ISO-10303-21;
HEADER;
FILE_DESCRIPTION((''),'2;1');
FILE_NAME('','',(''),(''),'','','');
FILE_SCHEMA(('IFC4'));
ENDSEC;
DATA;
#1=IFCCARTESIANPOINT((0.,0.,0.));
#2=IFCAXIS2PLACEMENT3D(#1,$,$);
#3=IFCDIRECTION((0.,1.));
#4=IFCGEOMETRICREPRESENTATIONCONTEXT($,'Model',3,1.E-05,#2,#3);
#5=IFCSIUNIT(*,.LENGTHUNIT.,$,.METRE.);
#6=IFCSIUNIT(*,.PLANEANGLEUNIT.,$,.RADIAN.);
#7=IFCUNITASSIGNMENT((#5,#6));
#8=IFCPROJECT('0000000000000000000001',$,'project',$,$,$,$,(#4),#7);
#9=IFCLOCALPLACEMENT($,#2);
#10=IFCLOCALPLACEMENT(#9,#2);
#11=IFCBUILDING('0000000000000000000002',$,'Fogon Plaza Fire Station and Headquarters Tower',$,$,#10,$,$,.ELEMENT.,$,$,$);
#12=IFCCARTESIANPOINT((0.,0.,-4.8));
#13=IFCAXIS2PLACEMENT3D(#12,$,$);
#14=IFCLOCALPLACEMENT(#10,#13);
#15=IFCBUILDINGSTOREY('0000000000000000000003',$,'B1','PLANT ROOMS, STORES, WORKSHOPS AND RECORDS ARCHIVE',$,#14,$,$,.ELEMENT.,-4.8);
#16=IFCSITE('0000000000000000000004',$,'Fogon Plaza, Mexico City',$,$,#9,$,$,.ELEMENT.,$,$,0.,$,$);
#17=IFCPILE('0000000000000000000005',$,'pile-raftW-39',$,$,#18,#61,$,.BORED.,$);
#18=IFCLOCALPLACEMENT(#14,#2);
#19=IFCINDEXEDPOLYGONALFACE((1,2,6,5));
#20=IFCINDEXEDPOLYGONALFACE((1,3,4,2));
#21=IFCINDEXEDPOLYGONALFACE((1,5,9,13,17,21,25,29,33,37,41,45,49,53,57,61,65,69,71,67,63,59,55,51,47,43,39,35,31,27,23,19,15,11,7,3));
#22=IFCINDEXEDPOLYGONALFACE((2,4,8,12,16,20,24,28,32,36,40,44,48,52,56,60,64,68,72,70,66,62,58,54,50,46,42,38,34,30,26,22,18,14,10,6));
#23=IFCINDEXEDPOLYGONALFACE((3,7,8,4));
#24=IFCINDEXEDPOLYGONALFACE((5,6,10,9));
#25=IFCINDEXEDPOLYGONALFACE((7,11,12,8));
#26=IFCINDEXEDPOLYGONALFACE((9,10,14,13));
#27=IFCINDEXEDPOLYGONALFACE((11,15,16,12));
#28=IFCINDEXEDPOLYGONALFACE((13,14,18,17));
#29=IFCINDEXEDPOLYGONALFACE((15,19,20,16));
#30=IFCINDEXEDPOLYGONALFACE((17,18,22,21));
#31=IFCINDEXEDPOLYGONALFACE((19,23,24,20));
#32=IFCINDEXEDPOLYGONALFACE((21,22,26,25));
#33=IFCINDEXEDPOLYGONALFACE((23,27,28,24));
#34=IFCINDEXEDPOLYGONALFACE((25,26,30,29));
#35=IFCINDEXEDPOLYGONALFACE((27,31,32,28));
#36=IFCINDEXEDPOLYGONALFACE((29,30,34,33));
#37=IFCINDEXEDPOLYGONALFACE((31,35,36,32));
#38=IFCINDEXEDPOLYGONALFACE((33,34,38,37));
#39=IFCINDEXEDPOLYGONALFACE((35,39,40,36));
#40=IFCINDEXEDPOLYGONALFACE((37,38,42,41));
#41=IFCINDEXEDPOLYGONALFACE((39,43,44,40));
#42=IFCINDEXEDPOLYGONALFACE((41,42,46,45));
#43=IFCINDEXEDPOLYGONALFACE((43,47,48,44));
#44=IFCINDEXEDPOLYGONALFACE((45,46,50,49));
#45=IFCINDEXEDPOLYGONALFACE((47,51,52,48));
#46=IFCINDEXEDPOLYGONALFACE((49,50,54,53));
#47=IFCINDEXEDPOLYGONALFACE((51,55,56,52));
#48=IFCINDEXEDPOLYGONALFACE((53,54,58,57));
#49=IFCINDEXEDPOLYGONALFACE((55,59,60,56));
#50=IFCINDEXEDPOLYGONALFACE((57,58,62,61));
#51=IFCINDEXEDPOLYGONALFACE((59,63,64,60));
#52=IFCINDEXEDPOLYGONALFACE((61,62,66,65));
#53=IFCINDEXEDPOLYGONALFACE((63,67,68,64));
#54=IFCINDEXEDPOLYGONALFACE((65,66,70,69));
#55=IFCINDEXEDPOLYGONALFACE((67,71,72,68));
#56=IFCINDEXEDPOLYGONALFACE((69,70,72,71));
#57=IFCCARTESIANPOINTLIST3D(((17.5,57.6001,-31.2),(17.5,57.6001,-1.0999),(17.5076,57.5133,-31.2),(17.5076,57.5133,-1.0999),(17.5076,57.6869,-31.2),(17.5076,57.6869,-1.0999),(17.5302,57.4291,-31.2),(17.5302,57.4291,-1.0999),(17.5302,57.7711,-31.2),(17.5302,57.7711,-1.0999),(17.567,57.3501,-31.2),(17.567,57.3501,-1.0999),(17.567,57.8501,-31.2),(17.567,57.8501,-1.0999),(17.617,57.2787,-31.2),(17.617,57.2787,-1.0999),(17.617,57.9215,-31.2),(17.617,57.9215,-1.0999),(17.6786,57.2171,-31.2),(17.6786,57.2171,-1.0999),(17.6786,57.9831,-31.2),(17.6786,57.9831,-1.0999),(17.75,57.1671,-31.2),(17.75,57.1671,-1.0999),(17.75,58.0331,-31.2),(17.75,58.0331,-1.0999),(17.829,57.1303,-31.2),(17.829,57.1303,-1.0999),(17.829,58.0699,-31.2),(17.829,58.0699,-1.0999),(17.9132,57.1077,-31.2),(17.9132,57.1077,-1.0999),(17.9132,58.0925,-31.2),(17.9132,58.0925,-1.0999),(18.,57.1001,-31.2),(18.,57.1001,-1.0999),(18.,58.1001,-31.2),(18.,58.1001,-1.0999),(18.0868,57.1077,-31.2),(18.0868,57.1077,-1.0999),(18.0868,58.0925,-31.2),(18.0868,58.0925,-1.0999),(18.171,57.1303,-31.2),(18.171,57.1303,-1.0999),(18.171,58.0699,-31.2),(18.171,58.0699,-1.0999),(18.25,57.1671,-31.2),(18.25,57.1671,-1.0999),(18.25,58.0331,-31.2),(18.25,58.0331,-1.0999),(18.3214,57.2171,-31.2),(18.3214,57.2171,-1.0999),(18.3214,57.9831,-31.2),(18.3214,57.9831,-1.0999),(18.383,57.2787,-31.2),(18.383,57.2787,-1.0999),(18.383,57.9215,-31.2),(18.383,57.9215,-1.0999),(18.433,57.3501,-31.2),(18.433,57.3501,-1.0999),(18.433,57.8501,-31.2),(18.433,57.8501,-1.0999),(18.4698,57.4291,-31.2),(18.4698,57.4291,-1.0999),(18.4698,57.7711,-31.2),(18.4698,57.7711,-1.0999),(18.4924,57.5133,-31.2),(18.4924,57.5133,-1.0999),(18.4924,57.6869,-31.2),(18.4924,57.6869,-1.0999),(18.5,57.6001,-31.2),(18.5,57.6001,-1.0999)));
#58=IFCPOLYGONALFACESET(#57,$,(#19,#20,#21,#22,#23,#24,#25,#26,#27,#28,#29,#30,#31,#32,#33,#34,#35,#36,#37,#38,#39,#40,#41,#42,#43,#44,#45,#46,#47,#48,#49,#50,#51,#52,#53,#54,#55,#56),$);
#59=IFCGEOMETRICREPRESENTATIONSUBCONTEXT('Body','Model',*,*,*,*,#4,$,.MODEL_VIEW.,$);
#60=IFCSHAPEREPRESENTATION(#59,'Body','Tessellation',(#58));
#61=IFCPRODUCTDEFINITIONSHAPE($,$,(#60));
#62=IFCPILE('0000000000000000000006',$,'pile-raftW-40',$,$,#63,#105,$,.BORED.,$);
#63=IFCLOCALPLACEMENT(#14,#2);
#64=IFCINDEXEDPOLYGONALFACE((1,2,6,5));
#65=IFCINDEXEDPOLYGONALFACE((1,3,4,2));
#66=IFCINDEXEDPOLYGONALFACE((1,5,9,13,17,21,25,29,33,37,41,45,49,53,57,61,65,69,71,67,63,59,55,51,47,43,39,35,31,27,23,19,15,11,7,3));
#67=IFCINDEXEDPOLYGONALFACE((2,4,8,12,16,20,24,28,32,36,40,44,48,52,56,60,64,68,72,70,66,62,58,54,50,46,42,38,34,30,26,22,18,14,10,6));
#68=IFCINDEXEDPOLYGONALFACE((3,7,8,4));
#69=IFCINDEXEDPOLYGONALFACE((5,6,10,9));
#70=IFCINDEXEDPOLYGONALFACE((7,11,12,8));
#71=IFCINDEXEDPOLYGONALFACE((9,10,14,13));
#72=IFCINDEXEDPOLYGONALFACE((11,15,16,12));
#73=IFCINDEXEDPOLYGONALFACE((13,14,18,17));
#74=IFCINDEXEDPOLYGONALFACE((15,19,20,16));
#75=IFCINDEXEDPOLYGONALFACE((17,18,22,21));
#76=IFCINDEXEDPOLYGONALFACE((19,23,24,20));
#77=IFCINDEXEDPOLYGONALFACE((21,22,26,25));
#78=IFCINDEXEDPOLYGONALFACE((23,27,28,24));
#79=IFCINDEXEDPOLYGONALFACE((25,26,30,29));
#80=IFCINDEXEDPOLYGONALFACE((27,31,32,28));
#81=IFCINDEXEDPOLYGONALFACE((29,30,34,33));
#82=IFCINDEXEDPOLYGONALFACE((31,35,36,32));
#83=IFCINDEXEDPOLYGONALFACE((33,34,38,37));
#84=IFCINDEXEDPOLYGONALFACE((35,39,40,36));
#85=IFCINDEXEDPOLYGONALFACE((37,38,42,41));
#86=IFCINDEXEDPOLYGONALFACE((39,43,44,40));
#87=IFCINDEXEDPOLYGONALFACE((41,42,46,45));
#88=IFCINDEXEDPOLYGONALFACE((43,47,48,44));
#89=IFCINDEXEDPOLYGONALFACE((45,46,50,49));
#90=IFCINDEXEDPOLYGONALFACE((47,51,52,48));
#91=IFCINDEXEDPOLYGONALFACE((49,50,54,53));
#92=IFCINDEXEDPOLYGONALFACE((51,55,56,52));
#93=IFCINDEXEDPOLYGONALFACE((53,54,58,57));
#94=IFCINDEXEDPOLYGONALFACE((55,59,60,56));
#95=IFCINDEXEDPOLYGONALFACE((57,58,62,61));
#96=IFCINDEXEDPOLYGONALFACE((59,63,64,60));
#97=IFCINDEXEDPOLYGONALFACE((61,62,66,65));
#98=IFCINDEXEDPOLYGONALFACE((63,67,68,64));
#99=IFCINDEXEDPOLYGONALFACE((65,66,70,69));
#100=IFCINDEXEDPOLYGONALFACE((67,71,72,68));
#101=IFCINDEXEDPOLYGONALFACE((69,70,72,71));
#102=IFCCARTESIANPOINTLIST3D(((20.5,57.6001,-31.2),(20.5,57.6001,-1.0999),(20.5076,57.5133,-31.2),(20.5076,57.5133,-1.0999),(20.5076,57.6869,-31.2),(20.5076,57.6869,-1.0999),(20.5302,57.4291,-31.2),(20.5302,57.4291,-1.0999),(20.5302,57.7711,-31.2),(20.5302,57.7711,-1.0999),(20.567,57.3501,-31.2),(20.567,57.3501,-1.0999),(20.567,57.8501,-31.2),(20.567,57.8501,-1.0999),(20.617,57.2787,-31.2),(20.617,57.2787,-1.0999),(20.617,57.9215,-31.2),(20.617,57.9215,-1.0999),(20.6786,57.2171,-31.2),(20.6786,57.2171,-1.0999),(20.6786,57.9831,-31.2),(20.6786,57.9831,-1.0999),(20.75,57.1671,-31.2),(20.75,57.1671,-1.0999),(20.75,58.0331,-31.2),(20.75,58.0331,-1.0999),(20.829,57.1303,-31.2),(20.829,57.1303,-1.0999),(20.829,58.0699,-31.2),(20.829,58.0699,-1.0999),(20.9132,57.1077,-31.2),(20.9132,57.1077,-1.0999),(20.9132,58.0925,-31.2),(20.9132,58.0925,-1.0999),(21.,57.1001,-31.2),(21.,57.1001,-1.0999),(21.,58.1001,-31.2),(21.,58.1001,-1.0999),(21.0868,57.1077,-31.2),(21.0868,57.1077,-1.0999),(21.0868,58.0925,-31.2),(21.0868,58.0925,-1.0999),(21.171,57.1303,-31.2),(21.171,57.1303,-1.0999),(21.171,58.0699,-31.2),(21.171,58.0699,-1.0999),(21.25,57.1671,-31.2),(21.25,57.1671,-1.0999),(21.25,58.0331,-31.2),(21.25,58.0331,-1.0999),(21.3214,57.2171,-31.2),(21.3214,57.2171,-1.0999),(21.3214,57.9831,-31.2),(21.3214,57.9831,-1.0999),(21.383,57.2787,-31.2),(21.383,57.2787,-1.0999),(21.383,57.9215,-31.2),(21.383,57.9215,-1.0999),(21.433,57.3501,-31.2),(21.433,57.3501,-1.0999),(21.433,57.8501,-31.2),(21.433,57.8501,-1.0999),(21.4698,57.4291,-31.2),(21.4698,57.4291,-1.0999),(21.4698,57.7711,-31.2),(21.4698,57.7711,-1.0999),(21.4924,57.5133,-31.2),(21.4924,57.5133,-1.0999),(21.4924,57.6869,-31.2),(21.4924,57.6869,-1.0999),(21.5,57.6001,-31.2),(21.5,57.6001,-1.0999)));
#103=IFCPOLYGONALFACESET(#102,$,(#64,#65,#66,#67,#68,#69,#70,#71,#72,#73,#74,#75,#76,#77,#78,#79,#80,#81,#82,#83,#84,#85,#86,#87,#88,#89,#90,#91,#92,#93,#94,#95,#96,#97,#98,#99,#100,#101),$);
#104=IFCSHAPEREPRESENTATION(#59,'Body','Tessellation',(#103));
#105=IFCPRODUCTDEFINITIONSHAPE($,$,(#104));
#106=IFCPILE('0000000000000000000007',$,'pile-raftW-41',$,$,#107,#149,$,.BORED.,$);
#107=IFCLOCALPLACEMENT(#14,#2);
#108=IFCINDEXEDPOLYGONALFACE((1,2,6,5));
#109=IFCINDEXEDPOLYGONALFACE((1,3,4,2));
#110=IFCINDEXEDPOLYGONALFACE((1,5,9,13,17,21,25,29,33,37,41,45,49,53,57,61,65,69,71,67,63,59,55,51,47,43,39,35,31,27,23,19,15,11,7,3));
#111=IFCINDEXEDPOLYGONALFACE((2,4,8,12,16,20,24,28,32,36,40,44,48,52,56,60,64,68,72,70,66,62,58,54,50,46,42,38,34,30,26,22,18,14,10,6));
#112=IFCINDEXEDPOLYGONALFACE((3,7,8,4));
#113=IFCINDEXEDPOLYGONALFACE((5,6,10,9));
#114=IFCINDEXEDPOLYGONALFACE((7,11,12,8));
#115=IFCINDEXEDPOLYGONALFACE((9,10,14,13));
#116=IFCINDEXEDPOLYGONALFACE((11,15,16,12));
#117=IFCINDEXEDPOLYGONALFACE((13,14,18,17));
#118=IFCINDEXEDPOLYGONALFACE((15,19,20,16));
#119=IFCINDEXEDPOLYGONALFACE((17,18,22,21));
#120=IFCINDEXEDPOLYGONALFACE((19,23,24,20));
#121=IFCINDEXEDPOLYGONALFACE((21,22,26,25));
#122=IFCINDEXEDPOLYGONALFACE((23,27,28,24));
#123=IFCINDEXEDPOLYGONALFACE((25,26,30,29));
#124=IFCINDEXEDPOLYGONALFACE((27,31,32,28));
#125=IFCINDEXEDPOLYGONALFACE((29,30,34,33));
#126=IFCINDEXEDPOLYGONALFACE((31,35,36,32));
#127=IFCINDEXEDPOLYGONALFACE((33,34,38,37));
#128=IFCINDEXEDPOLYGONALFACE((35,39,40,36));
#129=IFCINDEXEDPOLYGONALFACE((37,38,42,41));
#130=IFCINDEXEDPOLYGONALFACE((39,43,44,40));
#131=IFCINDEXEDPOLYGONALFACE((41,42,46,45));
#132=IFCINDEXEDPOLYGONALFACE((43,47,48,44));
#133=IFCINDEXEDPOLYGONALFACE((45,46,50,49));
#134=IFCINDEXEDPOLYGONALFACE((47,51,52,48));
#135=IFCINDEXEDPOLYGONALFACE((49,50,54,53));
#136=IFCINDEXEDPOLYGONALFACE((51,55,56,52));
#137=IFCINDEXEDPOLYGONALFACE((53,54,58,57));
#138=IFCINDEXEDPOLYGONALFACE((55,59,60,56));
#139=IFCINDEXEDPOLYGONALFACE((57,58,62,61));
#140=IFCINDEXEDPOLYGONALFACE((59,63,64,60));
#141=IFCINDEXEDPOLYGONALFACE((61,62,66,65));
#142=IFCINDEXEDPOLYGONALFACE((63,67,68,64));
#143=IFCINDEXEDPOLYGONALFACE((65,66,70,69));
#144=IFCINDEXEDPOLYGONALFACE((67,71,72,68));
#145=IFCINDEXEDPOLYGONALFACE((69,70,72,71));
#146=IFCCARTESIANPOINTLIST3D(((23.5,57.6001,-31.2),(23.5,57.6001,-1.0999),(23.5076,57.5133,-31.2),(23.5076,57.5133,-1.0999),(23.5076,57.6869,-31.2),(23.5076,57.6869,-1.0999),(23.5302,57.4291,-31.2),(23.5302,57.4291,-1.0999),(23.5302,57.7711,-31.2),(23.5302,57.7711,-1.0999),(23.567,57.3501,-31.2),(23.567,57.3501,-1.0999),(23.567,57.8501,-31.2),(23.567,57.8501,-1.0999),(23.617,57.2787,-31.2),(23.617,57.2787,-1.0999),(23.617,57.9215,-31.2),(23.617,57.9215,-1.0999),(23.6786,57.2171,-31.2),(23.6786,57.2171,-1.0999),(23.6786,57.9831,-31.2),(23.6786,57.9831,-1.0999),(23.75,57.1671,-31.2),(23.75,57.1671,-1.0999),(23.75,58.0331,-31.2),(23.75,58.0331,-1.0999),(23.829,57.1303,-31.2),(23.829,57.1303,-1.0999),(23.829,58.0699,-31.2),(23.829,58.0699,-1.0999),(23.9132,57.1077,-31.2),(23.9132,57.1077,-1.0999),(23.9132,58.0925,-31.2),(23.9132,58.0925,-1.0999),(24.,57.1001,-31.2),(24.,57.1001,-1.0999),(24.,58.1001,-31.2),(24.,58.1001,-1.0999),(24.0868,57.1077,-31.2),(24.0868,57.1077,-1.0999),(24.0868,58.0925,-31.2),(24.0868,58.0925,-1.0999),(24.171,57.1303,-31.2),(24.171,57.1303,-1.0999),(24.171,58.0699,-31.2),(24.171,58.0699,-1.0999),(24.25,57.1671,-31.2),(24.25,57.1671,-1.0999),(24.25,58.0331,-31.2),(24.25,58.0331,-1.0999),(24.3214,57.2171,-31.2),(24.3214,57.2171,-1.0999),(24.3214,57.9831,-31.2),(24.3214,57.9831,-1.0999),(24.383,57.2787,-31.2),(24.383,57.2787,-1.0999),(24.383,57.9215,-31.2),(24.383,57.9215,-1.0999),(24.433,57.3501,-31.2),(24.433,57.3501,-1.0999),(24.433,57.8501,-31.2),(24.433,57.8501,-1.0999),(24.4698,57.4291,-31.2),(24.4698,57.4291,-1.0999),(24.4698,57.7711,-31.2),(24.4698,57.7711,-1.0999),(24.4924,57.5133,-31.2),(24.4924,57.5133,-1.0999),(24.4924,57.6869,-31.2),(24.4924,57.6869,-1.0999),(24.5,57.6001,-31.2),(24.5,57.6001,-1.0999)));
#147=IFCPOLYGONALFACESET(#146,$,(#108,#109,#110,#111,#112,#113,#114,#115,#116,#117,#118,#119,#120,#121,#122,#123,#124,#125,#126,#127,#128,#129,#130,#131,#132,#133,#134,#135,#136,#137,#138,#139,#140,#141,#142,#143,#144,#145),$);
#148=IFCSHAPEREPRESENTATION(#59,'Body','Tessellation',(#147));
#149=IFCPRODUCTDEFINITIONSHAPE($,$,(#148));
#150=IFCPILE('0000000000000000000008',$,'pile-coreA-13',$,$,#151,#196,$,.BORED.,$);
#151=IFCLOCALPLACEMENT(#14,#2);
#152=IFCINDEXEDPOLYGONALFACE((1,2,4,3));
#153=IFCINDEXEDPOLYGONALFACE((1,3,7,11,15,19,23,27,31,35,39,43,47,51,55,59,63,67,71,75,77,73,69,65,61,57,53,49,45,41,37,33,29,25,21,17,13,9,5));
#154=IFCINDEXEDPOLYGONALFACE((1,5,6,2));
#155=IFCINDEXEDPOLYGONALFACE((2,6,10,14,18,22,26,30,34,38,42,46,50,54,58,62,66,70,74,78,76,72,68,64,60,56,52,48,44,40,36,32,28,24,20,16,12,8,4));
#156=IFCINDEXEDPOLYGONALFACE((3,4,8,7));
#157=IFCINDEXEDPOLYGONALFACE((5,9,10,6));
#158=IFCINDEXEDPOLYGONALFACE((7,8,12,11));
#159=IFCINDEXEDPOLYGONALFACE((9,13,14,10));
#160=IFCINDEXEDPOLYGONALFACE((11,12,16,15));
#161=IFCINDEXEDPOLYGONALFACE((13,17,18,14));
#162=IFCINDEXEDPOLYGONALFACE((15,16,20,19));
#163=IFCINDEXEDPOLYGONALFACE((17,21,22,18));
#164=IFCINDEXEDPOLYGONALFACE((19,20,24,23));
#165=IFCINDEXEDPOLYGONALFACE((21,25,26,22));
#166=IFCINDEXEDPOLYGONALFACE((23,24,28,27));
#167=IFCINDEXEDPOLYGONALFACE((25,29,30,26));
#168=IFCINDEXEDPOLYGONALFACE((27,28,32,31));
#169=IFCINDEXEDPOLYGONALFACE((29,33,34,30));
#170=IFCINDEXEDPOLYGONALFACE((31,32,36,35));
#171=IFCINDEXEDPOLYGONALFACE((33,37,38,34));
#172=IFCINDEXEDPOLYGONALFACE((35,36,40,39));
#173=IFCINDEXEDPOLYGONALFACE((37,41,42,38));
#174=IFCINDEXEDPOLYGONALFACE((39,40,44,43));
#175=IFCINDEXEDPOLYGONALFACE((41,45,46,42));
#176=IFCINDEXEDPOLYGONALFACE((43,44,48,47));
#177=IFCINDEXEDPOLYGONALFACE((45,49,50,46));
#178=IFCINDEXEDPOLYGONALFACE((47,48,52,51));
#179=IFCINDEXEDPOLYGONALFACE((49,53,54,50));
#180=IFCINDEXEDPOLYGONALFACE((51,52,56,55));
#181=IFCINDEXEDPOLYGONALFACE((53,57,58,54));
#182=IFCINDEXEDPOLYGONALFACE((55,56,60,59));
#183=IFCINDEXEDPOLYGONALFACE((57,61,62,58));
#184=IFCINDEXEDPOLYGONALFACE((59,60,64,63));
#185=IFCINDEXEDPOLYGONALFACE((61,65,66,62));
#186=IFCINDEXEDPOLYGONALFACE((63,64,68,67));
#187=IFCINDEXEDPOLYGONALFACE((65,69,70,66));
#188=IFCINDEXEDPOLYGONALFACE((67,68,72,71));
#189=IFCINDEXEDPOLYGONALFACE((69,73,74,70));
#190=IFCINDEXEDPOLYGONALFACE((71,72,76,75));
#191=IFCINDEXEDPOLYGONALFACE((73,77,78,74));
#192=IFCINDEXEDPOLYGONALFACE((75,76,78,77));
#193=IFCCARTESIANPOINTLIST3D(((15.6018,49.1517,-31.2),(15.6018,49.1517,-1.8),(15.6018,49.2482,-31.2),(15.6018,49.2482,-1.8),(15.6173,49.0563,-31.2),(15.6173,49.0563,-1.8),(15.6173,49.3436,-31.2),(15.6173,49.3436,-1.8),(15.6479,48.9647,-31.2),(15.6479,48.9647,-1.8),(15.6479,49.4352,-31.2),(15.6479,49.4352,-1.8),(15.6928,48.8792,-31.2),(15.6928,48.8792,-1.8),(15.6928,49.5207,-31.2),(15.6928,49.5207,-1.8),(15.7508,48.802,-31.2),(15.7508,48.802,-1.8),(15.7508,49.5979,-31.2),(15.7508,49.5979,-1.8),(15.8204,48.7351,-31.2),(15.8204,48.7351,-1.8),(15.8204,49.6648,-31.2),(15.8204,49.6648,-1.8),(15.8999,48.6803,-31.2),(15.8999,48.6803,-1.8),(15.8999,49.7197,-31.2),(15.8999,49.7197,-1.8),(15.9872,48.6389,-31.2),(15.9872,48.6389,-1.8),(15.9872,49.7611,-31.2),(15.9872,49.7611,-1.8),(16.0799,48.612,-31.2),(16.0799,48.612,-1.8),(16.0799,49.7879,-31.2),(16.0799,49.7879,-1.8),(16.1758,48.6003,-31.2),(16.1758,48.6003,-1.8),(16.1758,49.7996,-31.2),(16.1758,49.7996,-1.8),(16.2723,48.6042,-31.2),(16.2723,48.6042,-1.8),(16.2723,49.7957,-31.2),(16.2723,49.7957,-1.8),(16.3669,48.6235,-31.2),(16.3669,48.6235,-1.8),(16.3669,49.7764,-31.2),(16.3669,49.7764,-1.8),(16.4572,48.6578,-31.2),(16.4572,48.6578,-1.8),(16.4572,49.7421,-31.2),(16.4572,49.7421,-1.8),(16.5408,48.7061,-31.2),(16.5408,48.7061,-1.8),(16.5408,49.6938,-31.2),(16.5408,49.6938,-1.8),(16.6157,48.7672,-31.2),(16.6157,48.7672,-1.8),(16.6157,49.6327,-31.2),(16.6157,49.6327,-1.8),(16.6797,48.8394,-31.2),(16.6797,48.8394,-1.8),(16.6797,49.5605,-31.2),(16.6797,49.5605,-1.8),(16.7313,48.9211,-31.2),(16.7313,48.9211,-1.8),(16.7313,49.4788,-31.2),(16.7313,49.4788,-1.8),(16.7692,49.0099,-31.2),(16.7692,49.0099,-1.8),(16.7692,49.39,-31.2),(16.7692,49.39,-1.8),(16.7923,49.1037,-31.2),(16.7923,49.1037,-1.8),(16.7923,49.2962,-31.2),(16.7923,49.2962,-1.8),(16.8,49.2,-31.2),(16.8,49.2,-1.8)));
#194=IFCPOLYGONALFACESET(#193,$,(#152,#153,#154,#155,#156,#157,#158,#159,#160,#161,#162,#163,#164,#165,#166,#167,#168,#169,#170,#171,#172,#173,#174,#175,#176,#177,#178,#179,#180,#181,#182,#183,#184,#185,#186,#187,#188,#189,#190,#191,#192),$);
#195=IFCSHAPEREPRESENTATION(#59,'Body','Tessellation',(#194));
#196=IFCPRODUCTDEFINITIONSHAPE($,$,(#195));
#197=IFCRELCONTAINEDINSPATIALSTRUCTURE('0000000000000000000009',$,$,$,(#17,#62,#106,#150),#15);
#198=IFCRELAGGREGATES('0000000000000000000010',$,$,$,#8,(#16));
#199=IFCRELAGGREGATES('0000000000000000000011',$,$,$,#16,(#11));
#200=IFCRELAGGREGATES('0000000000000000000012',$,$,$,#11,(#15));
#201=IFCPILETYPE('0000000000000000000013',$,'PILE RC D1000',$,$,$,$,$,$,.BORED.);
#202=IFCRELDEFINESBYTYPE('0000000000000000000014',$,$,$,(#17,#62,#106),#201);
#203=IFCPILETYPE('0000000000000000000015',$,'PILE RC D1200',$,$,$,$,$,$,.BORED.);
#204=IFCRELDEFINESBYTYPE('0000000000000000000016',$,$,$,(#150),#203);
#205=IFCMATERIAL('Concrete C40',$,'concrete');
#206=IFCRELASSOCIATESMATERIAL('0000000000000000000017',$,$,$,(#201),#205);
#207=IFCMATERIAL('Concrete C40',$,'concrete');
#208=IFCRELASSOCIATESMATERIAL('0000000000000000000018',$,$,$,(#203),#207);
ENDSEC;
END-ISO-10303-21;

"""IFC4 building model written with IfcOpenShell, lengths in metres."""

from ifc_helpers import new_model, si_unit, direction, frame, origin, origin_2d, place, context, subcontext, project, spatial, circle, extrude, material, material_profile, profile_set, type_object, element, save


model = new_model("IFC4")

# Units and contexts
model_context = context("Model", 3, precision=1e-05, world=origin(), true_north=direction((0.0, 1.0)))
body_context = subcontext(model_context, "Body", "Model", "MODEL_VIEW")
ifc_project = project(units=[si_unit("LENGTHUNIT", "METRE"), si_unit("PLANEANGLEUNIT", "RADIAN")], contexts=[model_context])

# Site, building, storey
site_placement = place(None, origin())
site = spatial("IfcSite", under=ifc_project, at=site_placement, Name="Fogon Plaza, Mexico City", CompositionType="ELEMENT", RefElevation=0.0)
building_placement = place(site_placement, origin())
building = spatial("IfcBuilding", under=site, at=building_placement, Name="Fogon Plaza Fire Station and Headquarters Tower", CompositionType="ELEMENT")
storey_placement = place(building_placement, frame((0.0, 0.0, -4.8)))
storey = spatial("IfcBuildingStorey", under=building, at=storey_placement, Name="B1", Description="PLANT ROOMS, STORES, WORKSHOPS AND RECORDS ARCHIVE", CompositionType="ELEMENT", Elevation=-4.8)

# Piles
ifc_material_1 = material(Name="Concrete C40", Category="concrete")
ifc_material_profile_1 = material_profile(ifc_material_1, circle(Radius=0.5, at=origin_2d()), Name="RC D1000")
ifc_profile_set_1 = profile_set([ifc_material_profile_1], Name="Concrete C40")
pile_type_1 = type_object("IfcPileType", Name="PILE RC D1000", PredefinedType="BORED", material=ifc_profile_set_1)
for number, where, z_axis, x_axis, name in (
    (1, (18.0, 57.6001, -1.0999), (0.0, 0.0, -1.0), (1.0, 0.0, 0.0), "pile-raftW-39"),
    (2, (21.0, 57.6001, -1.0999), (0.0, 0.0, -1.0), (1.0, 0.0, 0.0), "pile-raftW-40"),
    (3, (24.0, 57.6001, -1.0999), (0.0, 0.0, -1.0), (1.0, 0.0, 0.0), "pile-raftW-41"),
):
    element("IfcPile", number, at=place(storey_placement, frame(where, z_axis=z_axis, x_axis=x_axis)), inside=storey, type_object=pile_type_1, Name=name, PredefinedType="BORED", context=body_context, shape_type="SweptSolid", body=[
        extrude(circle(Radius=0.5, at=origin_2d()), origin(), (0.0, 0.0, 1.0), 30.1001),
    ])
ifc_material_2 = material(Name="Concrete C40", Category="concrete")
ifc_material_profile_2 = material_profile(ifc_material_2, circle(Radius=0.6001, at=origin_2d()), Name="RC D1200")
ifc_profile_set_2 = profile_set([ifc_material_profile_2], Name="Concrete C40")
pile_type_2 = type_object("IfcPileType", Name="PILE RC D1200", PredefinedType="BORED", material=ifc_profile_set_2)
for number, where, z_axis, x_axis, name in (
    (4, (16.2, 49.2, -1.8), (0.0, 0.0, -1.0), (1.0, 0.0, 0.0), "pile-coreA-13"),
):
    element("IfcPile", number, at=place(storey_placement, frame(where, z_axis=z_axis, x_axis=x_axis)), inside=storey, type_object=pile_type_2, Name=name, PredefinedType="BORED", context=body_context, shape_type="SweptSolid", body=[
        extrude(circle(Radius=0.6001, at=origin_2d()), origin(), (0.0, 0.0, 1.0), 29.3999),
    ])

save(model, "model.ifc")
